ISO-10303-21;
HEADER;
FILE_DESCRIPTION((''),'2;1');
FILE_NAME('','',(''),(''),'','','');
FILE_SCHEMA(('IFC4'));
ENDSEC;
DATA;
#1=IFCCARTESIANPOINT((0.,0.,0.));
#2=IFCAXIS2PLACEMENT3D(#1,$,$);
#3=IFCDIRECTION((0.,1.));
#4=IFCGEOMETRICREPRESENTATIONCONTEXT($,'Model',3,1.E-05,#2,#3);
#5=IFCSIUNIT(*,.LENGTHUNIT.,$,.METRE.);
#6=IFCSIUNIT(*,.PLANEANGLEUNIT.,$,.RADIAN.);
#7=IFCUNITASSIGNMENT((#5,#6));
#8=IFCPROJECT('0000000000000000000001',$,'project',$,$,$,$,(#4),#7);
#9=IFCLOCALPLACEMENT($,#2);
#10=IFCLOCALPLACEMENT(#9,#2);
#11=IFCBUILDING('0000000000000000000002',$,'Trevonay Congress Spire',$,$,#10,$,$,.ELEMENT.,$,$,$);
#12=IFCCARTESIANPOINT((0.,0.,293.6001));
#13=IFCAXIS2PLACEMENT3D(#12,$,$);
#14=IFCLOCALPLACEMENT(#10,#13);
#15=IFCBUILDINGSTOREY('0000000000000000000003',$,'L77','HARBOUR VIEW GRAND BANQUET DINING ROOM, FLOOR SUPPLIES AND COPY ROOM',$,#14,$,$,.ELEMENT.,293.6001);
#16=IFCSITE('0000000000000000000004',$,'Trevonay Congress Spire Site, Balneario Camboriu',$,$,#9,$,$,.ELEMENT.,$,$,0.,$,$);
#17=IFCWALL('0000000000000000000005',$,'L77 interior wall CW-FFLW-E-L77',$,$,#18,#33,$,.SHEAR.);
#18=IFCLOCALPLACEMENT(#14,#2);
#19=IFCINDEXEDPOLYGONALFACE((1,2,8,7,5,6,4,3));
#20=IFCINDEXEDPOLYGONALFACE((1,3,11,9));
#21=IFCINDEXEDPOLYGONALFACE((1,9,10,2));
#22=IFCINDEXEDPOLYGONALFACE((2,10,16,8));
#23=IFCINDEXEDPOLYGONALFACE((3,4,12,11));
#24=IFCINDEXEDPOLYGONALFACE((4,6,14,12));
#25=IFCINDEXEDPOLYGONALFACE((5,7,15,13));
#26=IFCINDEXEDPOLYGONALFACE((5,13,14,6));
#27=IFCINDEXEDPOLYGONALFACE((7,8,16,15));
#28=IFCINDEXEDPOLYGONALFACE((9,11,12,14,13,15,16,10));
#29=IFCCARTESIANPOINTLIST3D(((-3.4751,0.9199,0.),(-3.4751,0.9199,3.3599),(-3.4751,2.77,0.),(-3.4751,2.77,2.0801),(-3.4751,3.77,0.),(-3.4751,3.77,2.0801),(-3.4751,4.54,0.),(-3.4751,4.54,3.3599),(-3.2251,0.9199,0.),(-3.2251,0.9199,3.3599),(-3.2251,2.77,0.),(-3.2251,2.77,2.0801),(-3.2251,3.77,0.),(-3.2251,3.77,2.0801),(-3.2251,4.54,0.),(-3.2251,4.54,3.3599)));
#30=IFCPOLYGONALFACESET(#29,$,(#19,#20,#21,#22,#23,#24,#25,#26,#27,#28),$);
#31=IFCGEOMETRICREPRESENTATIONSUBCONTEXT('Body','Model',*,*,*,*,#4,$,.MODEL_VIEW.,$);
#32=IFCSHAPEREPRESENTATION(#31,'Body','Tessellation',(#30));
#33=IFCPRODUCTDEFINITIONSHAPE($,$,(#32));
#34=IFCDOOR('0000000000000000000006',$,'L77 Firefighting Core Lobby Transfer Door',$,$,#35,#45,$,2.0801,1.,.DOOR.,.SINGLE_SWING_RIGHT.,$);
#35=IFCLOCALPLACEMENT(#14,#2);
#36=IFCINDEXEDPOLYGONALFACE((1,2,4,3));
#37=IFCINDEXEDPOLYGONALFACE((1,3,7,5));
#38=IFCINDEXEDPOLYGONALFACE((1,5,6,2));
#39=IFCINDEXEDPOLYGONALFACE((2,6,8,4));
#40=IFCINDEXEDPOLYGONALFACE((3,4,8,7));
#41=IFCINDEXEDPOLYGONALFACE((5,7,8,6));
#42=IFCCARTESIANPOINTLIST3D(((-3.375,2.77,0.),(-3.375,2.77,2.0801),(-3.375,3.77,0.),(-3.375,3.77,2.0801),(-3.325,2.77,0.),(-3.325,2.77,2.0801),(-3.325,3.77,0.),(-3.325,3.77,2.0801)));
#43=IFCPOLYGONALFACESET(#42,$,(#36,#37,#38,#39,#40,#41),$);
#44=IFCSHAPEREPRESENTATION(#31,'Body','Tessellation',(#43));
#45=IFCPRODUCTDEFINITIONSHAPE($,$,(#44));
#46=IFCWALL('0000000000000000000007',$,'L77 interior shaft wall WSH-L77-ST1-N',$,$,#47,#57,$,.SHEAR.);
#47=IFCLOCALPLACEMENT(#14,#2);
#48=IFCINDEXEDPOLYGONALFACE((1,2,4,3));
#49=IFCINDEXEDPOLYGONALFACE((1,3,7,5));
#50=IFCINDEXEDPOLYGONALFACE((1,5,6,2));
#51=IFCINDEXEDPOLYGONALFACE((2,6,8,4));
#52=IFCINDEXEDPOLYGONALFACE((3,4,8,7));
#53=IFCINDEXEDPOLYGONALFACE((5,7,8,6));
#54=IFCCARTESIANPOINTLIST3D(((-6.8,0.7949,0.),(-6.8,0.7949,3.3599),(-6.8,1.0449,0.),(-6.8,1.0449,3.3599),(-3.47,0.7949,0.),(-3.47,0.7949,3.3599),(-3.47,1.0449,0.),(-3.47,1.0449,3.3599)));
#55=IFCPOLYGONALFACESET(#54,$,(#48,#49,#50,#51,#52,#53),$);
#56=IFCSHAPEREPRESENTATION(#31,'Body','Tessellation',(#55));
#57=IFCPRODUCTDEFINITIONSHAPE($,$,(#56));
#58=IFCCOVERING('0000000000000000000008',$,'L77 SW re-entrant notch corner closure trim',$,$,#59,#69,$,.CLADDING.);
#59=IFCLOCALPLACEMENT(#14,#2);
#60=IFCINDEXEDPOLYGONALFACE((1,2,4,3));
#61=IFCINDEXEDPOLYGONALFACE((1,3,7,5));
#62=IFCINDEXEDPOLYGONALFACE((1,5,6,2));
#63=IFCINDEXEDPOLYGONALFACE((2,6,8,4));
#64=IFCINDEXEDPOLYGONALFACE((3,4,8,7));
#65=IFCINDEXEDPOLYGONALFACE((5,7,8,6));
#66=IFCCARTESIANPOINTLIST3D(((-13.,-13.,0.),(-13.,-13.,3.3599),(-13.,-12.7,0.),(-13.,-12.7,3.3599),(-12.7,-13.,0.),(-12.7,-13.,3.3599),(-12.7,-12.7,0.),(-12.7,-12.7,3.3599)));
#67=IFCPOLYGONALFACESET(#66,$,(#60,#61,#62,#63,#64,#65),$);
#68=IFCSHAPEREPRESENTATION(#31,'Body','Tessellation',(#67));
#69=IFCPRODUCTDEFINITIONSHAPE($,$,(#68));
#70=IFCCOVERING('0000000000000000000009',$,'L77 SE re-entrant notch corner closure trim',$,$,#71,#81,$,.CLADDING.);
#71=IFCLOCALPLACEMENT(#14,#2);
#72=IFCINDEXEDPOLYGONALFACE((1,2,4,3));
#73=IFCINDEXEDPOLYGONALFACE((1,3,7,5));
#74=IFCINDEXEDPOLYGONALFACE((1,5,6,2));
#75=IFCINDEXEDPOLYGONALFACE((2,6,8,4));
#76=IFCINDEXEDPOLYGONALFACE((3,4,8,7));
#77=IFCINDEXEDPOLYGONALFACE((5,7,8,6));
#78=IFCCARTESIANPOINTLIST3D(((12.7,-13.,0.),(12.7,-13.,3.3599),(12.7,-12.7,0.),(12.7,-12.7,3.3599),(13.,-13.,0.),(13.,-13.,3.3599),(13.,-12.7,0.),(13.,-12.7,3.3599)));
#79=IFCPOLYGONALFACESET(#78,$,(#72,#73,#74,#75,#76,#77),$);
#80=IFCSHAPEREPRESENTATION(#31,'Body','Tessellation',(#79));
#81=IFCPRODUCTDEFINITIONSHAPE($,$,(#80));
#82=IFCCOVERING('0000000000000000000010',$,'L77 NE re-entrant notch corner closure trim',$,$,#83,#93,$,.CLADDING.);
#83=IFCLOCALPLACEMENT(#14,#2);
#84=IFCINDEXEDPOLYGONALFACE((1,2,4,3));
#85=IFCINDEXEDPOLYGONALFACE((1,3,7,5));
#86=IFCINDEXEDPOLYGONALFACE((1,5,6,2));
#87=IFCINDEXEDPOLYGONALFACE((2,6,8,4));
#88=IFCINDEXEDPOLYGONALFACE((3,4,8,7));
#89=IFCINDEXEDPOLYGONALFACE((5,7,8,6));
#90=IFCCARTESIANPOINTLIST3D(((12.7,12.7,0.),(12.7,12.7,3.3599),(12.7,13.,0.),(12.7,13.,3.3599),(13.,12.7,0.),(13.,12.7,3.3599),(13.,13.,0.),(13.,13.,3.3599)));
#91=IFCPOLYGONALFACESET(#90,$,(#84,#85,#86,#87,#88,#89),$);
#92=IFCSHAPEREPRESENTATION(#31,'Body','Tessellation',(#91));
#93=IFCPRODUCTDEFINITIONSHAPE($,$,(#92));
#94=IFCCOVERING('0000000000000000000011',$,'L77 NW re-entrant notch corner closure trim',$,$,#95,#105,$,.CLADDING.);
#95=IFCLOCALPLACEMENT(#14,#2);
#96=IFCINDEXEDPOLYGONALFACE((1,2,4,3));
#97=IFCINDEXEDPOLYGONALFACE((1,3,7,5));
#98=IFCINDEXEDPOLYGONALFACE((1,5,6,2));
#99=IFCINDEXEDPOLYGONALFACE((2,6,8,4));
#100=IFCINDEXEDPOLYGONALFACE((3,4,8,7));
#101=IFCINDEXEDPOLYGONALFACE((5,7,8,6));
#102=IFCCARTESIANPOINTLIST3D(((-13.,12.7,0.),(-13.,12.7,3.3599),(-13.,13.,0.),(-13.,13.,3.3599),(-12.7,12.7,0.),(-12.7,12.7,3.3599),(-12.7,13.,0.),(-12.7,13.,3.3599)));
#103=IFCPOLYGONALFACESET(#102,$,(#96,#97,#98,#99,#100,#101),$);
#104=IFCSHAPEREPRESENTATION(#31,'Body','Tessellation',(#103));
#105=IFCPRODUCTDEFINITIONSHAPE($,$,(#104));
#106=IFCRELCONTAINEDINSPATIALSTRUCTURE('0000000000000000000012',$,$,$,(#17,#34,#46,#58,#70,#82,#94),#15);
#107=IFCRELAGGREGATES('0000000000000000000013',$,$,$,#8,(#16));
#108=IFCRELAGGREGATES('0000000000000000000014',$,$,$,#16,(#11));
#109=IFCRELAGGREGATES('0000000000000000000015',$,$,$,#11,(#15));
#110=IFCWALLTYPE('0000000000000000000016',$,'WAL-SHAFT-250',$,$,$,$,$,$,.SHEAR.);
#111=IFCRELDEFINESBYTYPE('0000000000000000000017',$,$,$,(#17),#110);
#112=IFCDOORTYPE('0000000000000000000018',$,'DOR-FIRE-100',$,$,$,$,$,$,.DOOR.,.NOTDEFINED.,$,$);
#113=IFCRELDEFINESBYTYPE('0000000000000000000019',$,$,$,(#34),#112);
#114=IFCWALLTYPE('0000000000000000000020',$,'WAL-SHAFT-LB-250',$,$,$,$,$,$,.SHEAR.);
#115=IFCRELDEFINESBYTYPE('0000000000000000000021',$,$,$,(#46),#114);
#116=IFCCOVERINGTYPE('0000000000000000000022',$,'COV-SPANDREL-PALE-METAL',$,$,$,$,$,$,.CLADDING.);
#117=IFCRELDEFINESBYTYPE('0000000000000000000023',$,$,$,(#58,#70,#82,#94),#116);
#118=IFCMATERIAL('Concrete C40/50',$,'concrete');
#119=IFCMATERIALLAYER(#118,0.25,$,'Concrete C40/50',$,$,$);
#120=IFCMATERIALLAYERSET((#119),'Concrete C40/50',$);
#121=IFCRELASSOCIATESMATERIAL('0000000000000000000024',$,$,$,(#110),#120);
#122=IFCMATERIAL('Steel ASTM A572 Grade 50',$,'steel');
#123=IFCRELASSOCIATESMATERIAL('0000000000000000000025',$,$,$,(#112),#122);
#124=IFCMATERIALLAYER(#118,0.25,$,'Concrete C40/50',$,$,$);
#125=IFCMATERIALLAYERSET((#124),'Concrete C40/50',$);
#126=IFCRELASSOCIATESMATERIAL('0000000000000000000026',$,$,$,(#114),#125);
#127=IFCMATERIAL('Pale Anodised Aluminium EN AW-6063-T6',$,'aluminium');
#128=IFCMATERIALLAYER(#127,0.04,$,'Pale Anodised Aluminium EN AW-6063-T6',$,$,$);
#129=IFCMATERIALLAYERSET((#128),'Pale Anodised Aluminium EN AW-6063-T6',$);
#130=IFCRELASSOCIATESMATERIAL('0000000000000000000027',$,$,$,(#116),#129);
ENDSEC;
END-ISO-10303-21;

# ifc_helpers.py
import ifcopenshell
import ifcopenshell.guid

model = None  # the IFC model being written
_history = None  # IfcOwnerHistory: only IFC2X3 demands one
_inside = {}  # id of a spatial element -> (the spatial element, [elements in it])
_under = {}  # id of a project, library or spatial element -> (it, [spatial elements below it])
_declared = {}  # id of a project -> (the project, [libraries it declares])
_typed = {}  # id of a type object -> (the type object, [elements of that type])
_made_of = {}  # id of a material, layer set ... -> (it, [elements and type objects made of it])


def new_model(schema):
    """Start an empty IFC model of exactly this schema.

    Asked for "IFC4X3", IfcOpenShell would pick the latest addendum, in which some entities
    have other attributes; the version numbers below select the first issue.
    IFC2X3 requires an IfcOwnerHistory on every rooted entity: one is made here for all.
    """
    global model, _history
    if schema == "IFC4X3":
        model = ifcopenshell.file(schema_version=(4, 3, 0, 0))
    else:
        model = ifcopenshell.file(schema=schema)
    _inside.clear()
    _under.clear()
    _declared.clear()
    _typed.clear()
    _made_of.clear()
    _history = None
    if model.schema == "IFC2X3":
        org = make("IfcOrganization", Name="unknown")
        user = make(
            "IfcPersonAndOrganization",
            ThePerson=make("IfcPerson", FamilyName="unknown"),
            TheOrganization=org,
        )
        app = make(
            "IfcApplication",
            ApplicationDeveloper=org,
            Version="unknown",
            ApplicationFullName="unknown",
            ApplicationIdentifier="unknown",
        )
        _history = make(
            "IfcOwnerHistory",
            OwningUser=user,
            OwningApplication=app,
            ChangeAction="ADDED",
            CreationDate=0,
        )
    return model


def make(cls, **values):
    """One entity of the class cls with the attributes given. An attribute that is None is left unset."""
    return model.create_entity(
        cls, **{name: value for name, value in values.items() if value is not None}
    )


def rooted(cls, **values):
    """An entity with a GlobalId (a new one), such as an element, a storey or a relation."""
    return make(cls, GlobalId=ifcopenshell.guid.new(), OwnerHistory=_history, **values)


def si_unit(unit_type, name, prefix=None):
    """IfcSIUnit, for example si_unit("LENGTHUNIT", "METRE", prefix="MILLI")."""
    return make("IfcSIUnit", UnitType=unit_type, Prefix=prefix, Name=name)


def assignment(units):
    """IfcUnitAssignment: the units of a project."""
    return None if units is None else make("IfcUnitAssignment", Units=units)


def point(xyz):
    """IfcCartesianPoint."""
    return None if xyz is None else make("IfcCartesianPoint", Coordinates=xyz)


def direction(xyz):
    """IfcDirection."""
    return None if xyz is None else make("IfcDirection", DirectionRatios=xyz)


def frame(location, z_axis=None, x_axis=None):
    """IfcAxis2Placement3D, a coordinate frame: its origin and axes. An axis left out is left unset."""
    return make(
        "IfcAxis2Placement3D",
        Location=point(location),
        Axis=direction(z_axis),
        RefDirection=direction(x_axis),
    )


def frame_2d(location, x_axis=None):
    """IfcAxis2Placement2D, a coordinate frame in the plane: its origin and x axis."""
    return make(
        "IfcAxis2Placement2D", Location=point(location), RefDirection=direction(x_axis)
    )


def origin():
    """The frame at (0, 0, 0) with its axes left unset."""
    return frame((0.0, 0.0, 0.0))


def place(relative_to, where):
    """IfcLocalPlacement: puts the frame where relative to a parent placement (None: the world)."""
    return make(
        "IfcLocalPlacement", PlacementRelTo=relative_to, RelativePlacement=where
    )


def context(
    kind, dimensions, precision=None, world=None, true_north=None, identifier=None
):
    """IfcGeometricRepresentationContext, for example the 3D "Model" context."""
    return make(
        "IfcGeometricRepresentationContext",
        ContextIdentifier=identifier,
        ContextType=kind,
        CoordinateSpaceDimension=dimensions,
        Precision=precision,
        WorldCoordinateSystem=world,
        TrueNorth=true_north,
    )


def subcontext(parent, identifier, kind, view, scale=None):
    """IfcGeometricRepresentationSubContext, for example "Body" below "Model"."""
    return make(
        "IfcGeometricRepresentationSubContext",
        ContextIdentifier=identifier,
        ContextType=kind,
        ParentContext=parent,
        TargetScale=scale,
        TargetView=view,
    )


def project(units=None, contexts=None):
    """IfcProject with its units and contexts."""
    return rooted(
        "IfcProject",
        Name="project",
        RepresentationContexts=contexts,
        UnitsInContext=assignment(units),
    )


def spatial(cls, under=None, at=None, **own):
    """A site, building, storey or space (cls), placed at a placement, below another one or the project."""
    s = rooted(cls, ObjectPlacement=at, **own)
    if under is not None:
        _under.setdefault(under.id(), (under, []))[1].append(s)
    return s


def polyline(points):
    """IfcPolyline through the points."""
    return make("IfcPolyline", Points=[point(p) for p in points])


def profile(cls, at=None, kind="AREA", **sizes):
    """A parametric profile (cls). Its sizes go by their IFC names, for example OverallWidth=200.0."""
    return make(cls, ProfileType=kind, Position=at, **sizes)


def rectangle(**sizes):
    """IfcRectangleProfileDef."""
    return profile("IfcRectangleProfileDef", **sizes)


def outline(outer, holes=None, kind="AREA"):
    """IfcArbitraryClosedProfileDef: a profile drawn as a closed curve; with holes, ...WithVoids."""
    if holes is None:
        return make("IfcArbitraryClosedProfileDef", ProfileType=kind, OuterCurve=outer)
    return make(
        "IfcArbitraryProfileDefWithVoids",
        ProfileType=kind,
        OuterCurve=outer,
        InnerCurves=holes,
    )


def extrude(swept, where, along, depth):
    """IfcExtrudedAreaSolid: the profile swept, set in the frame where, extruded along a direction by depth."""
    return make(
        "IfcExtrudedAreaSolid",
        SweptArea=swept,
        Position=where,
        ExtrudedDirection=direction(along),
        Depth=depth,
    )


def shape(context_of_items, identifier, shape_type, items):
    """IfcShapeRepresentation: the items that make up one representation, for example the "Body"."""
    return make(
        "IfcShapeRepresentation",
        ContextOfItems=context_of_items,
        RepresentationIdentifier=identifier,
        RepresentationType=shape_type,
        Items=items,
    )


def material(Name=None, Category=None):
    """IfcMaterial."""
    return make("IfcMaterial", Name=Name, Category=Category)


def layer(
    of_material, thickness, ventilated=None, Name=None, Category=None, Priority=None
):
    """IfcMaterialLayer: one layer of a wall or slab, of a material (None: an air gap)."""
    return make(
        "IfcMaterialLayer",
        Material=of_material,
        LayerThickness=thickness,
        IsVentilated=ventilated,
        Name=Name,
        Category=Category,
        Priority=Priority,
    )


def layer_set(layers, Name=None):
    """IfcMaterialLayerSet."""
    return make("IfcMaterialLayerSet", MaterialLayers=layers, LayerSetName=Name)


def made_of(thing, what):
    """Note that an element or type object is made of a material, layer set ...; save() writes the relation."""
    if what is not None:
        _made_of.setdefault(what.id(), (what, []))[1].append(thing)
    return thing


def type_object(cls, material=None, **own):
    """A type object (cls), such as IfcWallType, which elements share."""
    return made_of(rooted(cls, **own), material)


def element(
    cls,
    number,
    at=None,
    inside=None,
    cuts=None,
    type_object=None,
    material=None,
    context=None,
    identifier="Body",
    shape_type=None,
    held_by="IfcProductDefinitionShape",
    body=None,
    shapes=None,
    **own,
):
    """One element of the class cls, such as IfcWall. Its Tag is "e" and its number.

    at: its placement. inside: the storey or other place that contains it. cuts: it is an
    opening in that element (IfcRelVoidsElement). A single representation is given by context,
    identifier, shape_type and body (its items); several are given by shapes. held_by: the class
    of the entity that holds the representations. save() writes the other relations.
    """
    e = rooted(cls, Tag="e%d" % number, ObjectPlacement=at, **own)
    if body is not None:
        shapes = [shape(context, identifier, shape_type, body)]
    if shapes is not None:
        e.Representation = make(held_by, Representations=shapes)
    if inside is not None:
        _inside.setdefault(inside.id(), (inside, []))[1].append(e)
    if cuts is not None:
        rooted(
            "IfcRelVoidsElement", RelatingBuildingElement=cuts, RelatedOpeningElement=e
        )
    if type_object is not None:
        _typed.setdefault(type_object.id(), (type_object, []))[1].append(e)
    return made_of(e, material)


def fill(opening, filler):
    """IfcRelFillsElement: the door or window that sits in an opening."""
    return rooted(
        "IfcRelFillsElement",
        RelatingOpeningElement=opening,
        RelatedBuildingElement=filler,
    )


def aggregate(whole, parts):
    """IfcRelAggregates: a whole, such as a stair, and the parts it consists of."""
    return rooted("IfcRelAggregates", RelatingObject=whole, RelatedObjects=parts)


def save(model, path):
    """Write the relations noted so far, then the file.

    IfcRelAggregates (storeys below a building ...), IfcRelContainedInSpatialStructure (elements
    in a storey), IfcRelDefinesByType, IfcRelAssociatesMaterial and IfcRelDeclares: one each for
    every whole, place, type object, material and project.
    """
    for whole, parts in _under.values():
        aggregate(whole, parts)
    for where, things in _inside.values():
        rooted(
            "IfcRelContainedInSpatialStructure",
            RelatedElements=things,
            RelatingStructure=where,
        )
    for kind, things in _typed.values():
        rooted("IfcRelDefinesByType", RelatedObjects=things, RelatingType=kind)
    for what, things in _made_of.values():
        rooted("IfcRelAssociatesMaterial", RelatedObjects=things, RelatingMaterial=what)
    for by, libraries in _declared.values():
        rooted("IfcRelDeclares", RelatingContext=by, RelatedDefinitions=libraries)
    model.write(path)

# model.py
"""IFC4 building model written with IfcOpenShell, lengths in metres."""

from ifc_helpers import new_model, si_unit, direction, frame, frame_2d, origin, place, context, subcontext, project, spatial, polyline, rectangle, outline, extrude, material, layer, layer_set, type_object, element, fill, save


model = new_model("IFC4")

# Units and contexts
model_context = context("Model", 3, precision=1e-05, world=origin(), true_north=direction((0.0, 1.0)))
body_context = subcontext(model_context, "Body", "Model", "MODEL_VIEW")
ifc_project = project(units=[si_unit("LENGTHUNIT", "METRE"), si_unit("PLANEANGLEUNIT", "RADIAN")], contexts=[model_context])

# Site, building, storey
site_placement = place(None, origin())
site = spatial("IfcSite", under=ifc_project, at=site_placement, Name="Trevonay Congress Spire Site, Balneario Camboriu", CompositionType="ELEMENT", RefElevation=0.0)
building_placement = place(site_placement, origin())
building = spatial("IfcBuilding", under=site, at=building_placement, Name="Trevonay Congress Spire", CompositionType="ELEMENT")
storey_placement = place(building_placement, frame((0.0, 0.0, 293.6001)))
storey = spatial("IfcBuildingStorey", under=building, at=storey_placement, Name="L77", Description="HARBOUR VIEW GRAND BANQUET DINING ROOM, FLOOR SUPPLIES AND COPY ROOM", CompositionType="ELEMENT", Elevation=293.6001)

# Shared definitions
ifc_material_1 = material(Name="Steel ASTM A572 Grade 50", Category="steel")

# Shared definitions
ifc_material_2 = material(Name="Concrete C40/50", Category="concrete")

# Shared definitions
ifc_layer_1 = layer(ifc_material_2, 0.25, Name="Concrete C40/50")
ifc_layer_set_1 = layer_set([ifc_layer_1], Name="Concrete C40/50")
wall_type_1 = type_object("IfcWallType", Name="WAL-SHAFT-250", PredefinedType="SHEAR", material=ifc_layer_set_1)
ifc_material_3 = material(Name="Pale Anodised Aluminium EN AW-6063-T6", Category="aluminium")

# Wall, opening, door
wall_1_placement = place(storey_placement, frame((-3.3501, 0.9199, 0.0), z_axis=(0.0, 0.0, 1.0), x_axis=(0.0, 1.0, 0.0)))
wall_1 = element("IfcWall", 1, at=wall_1_placement, inside=storey, type_object=wall_type_1, Name="L77 interior wall CW-FFLW-E-L77", PredefinedType="SHEAR", context=body_context, shape_type="SweptSolid", body=[
    extrude(rectangle(XDim=3.6201, YDim=0.25, at=frame_2d((1.8101, 0.0))), origin(), (0.0, 0.0, 1.0), 3.3599),
])
opening_1_placement = place(wall_1_placement, frame((1.8501, 0.0, 0.0)))
opening_1 = element("IfcOpeningElement", 2, at=opening_1_placement, cuts=wall_1, PredefinedType="OPENING", context=body_context, shape_type="SweptSolid", body=[
    extrude(rectangle(XDim=1.0, YDim=2.0801, at=frame_2d((0.5, 1.04))), frame((0.0, 0.135, 0.0), z_axis=(0.0, -1.0, 0.0), x_axis=(1.0, 0.0, 0.0)), (0.0, 0.0, 1.0), 0.27),
])
door_type_1 = type_object("IfcDoorType", Name="DOR-FIRE-100", OperationType="NOTDEFINED", PredefinedType="DOOR", material=ifc_material_1)
door_1_placement = place(opening_1_placement, origin())
door_1 = element("IfcDoor", 3, at=door_1_placement, inside=storey, type_object=door_type_1, Name="L77 Firefighting Core Lobby Transfer Door", OperationType="SINGLE_SWING_RIGHT", OverallHeight=2.0801, OverallWidth=1.0, PredefinedType="DOOR", context=body_context, shape_type="SweptSolid", body=[
    extrude(rectangle(XDim=1.0, YDim=2.0801, at=frame_2d((0.5, 1.04))), frame((0.0, 0.0249, 0.0), z_axis=(0.0, -1.0, 0.0), x_axis=(1.0, 0.0, 0.0)), (0.0, 0.0, 1.0), 0.05),
])
fill(opening_1, door_1)

# Wall
ifc_layer_2 = layer(ifc_material_2, 0.25, Name="Concrete C40/50")
ifc_layer_set_2 = layer_set([ifc_layer_2], Name="Concrete C40/50")
wall_type_2 = type_object("IfcWallType", Name="WAL-SHAFT-LB-250", PredefinedType="SHEAR", material=ifc_layer_set_2)
wall_2_placement = place(storey_placement, frame((-6.8, 0.9199, 0.0), z_axis=(0.0, 0.0, 1.0), x_axis=(1.0, 0.0, 0.0)))
element("IfcWall", 4, at=wall_2_placement, inside=storey, type_object=wall_type_2, Name="L77 interior shaft wall WSH-L77-ST1-N", PredefinedType="SHEAR", context=body_context, shape_type="SweptSolid", body=[
    extrude(rectangle(XDim=3.3301, YDim=0.25, at=frame_2d((1.665, 0.0))), origin(), (0.0, 0.0, 1.0), 3.3599),
])

# Coverings
ifc_layer_3 = layer(ifc_material_3, 0.04, Name="Pale Anodised Aluminium EN AW-6063-T6")
ifc_layer_set_3 = layer_set([ifc_layer_3], Name="Pale Anodised Aluminium EN AW-6063-T6")
covering_type = type_object("IfcCoveringType", Name="COV-SPANDREL-PALE-METAL", PredefinedType="CLADDING", material=ifc_layer_set_3)
covering_1_placement = place(storey_placement, origin())
element("IfcCovering", 5, at=covering_1_placement, inside=storey, type_object=covering_type, Name="L77 SW re-entrant notch corner closure trim", PredefinedType="CLADDING", context=body_context, shape_type="SweptSolid", body=[
    extrude(outline(polyline([(-13.0, -13.0), (-12.7, -13.0), (-12.7, -12.7), (-13.0, -12.7), (-13.0, -13.0)])), origin(), (0.0, 0.0, 1.0), 3.3599),
])
covering_2_placement = place(storey_placement, origin())
element("IfcCovering", 6, at=covering_2_placement, inside=storey, type_object=covering_type, Name="L77 SE re-entrant notch corner closure trim", PredefinedType="CLADDING", context=body_context, shape_type="SweptSolid", body=[
    extrude(outline(polyline([(12.7, -13.0), (13.0, -13.0), (13.0, -12.7), (12.7, -12.7), (12.7, -13.0)])), origin(), (0.0, 0.0, 1.0), 3.3599),
])
covering_3_placement = place(storey_placement, origin())
element("IfcCovering", 7, at=covering_3_placement, inside=storey, type_object=covering_type, Name="L77 NE re-entrant notch corner closure trim", PredefinedType="CLADDING", context=body_context, shape_type="SweptSolid", body=[
    extrude(outline(polyline([(12.7, 12.7), (13.0, 12.7), (13.0, 13.0), (12.7, 13.0), (12.7, 12.7)])), origin(), (0.0, 0.0, 1.0), 3.3599),
])
covering_4_placement = place(storey_placement, origin())
element("IfcCovering", 8, at=covering_4_placement, inside=storey, type_object=covering_type, Name="L77 NW re-entrant notch corner closure trim", PredefinedType="CLADDING", context=body_context, shape_type="SweptSolid", body=[
    extrude(outline(polyline([(-13.0, 12.7), (-12.7, 12.7), (-12.7, 13.0), (-13.0, 13.0), (-13.0, 12.7)])), origin(), (0.0, 0.0, 1.0), 3.3599),
])

save(model, "model.ifc")
